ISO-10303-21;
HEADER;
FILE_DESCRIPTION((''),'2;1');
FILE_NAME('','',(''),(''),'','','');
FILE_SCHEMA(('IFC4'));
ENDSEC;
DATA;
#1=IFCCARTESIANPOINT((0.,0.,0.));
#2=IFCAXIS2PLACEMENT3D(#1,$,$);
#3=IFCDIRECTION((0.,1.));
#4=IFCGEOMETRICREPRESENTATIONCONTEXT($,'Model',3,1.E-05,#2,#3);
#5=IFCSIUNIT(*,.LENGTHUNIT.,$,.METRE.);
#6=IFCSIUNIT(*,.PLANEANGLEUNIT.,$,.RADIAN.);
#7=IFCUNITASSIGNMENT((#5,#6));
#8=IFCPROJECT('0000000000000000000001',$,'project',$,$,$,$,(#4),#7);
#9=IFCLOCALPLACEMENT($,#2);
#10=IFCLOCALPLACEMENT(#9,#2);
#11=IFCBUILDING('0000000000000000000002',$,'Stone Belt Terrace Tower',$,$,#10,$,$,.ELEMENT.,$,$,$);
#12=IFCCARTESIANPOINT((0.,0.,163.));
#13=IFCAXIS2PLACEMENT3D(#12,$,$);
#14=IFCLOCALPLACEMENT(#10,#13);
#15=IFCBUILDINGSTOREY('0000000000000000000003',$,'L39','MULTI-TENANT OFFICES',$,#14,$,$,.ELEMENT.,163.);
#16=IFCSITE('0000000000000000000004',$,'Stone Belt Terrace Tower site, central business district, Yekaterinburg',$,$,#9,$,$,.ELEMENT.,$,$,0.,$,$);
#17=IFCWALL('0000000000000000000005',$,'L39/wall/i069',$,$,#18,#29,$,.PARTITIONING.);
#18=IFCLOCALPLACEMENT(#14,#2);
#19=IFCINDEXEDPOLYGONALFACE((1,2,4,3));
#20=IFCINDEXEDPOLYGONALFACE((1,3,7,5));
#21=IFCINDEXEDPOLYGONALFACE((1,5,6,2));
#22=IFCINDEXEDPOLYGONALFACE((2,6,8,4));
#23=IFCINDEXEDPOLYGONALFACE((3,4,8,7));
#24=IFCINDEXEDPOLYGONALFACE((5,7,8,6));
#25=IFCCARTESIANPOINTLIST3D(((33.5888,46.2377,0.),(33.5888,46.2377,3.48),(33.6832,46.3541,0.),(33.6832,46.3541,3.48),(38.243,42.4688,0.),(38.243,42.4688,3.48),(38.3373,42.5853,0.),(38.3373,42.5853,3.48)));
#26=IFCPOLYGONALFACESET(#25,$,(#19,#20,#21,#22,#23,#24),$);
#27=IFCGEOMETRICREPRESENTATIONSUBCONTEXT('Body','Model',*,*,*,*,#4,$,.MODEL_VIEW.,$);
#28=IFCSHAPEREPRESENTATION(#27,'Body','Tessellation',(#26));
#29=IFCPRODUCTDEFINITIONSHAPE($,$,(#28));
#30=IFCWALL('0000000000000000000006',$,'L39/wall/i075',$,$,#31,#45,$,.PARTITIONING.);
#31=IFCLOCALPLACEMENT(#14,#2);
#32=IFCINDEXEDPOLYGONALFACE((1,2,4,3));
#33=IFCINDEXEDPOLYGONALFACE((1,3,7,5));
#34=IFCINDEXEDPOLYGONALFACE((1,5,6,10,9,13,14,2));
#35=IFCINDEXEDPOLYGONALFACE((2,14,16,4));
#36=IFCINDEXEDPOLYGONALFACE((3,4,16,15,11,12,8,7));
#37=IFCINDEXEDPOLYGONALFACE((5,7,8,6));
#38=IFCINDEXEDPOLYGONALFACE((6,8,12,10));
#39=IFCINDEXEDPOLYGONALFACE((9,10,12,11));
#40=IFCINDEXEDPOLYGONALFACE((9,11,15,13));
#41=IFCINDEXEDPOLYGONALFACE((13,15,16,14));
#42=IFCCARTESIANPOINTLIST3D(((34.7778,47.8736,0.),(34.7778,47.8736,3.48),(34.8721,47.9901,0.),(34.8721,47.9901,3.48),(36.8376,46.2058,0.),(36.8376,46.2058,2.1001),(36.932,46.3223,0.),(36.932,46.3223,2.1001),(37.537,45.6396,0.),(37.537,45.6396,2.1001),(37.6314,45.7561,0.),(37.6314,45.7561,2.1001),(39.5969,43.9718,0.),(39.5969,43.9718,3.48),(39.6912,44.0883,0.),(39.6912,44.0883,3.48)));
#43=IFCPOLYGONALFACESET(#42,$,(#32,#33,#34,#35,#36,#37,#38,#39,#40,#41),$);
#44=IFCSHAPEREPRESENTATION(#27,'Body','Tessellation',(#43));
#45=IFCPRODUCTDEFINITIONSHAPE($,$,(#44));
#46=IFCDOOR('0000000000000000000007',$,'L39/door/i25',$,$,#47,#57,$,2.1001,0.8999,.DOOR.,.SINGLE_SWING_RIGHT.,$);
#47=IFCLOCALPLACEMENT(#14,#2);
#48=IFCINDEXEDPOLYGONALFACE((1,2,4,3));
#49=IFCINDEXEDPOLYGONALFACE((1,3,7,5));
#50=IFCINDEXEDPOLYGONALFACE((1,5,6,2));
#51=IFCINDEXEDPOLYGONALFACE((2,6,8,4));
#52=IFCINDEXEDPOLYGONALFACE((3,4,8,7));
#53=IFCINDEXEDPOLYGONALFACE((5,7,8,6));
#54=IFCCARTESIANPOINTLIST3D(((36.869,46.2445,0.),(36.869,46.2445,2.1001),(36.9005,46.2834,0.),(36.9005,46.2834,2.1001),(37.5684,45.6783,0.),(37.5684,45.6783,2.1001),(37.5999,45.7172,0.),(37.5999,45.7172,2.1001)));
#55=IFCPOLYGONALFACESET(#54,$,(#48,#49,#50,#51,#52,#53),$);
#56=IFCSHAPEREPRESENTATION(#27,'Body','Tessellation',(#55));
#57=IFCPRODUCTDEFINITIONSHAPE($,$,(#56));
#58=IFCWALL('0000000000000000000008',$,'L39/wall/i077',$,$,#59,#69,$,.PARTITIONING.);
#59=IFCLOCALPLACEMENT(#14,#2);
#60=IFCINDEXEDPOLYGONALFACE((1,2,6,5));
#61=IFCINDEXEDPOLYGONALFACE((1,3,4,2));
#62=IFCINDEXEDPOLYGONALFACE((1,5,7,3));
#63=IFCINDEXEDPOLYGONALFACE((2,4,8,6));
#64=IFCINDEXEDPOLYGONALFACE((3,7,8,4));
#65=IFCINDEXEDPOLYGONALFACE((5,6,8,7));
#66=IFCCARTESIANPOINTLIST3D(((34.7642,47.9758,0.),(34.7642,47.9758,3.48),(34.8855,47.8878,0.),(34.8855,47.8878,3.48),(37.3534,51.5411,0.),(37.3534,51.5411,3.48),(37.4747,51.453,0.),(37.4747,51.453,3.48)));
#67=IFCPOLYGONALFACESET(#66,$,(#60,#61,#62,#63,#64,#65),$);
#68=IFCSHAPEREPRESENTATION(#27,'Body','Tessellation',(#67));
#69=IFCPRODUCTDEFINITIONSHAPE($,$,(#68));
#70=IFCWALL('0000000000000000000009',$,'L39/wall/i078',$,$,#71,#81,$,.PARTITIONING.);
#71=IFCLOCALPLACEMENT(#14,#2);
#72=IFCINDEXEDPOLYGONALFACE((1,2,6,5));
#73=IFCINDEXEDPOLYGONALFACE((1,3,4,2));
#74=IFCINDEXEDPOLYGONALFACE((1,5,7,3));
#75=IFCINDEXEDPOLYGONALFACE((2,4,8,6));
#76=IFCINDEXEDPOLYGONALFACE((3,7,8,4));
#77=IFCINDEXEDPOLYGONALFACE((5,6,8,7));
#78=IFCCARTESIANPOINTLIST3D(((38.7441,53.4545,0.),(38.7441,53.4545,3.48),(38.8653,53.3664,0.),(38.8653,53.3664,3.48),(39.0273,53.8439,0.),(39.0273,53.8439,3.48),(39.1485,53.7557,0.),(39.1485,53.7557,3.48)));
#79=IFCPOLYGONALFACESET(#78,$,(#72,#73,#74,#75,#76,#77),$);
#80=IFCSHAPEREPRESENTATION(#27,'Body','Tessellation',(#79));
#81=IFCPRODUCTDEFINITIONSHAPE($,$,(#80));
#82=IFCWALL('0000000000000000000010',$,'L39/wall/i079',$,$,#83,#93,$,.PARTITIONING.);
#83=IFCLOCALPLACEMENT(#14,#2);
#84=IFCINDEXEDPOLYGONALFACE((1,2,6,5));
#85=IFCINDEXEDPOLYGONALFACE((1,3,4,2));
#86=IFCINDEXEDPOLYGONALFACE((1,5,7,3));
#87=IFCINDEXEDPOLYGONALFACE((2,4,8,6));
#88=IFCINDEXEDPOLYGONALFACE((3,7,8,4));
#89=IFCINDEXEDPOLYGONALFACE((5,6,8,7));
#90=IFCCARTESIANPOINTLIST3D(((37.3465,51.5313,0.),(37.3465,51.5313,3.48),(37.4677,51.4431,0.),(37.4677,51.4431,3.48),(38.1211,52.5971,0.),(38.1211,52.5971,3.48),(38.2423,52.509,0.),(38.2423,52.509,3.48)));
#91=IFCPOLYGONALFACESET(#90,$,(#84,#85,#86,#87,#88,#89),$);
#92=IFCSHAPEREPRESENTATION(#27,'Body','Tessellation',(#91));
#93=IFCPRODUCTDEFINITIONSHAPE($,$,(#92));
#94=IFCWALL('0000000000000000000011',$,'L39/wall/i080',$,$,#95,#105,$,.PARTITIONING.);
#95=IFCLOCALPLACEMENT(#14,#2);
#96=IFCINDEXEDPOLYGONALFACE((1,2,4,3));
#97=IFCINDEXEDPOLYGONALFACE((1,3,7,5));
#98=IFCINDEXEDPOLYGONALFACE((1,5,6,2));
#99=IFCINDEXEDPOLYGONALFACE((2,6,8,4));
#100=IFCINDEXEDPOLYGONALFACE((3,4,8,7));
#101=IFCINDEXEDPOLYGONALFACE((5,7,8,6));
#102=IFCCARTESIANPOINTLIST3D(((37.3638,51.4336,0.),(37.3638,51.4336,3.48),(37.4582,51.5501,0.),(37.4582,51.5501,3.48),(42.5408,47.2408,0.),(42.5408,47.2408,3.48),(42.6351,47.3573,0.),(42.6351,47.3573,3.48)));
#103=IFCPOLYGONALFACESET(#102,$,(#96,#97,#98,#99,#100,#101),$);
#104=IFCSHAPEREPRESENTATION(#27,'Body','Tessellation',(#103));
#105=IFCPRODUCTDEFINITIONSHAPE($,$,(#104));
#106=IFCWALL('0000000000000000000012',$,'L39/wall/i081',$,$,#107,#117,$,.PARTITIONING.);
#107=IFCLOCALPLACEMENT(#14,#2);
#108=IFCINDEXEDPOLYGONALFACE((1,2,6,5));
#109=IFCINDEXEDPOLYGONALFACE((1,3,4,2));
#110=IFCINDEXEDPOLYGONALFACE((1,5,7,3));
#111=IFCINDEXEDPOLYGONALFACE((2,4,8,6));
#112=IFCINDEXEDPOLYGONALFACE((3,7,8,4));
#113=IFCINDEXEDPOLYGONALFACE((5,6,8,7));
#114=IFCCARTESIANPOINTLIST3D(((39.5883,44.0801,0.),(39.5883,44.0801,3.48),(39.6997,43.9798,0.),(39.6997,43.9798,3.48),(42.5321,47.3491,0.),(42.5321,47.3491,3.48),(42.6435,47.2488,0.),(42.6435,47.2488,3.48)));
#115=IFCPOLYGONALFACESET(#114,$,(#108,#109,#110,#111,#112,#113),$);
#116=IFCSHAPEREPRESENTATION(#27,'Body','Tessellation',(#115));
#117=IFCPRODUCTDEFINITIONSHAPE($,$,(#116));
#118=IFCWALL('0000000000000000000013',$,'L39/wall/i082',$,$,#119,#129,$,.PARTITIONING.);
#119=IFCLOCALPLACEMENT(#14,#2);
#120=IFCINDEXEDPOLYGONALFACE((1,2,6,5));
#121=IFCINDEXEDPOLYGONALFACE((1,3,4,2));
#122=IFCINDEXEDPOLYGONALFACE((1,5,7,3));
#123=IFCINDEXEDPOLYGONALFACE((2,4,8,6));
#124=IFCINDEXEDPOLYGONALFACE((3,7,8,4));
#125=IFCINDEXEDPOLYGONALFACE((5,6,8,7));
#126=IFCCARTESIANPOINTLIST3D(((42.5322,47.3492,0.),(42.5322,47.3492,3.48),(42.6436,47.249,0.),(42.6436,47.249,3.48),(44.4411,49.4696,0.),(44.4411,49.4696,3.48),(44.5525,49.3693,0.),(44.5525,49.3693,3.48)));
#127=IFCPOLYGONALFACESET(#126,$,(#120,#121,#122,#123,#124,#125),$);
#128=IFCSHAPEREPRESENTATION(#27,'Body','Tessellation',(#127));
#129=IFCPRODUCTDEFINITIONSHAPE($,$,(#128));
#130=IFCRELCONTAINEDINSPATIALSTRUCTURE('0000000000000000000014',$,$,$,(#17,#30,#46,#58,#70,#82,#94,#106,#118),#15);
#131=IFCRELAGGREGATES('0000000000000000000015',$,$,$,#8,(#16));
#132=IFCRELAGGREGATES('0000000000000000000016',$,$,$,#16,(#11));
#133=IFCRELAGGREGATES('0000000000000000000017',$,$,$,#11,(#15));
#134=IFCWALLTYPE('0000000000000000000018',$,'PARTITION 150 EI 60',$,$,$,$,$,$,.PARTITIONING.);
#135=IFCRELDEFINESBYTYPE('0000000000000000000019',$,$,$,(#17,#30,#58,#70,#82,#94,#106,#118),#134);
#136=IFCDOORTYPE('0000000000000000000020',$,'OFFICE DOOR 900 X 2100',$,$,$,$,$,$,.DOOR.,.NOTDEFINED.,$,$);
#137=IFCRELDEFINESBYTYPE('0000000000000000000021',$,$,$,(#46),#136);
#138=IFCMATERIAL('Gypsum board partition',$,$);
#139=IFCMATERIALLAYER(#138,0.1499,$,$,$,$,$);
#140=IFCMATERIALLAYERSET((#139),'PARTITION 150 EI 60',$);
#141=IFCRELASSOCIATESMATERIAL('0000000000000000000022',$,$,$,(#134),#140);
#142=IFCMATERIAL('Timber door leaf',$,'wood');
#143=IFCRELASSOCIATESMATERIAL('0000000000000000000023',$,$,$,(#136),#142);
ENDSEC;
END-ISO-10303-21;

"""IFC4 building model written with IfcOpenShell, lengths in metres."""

from ifc_helpers import new_model, si_unit, direction, frame, frame_2d, origin, place, context, subcontext, project, spatial, rectangle, extrude, material, layer, layer_set, type_object, element, fill, save


model = new_model("IFC4")

# Units and contexts
model_context = context("Model", 3, precision=1e-05, world=origin(), true_north=direction((0.0, 1.0)))
body_context = subcontext(model_context, "Body", "Model", "MODEL_VIEW")
ifc_project = project(units=[si_unit("LENGTHUNIT", "METRE"), si_unit("PLANEANGLEUNIT", "RADIAN")], contexts=[model_context])

# Site, building, storey
site_placement = place(None, origin())
site = spatial("IfcSite", under=ifc_project, at=site_placement, Name="Stone Belt Terrace Tower site, central business district, Yekaterinburg", CompositionType="ELEMENT", RefElevation=0.0)
building_placement = place(site_placement, origin())
building = spatial("IfcBuilding", under=site, at=building_placement, Name="Stone Belt Terrace Tower", CompositionType="ELEMENT")
storey_placement = place(building_placement, frame((0.0, 0.0, 163.0)))
storey = spatial("IfcBuildingStorey", under=building, at=storey_placement, Name="L39", Description="MULTI-TENANT OFFICES", CompositionType="ELEMENT", Elevation=163.0)

# Wall
ifc_material_1 = material(Name="Gypsum board partition")
ifc_layer_1 = layer(ifc_material_1, 0.1499)
ifc_layer_set_1 = layer_set([ifc_layer_1], Name="PARTITION 150 EI 60")
wall_type = type_object("IfcWallType", Name="PARTITION 150 EI 60", PredefinedType="PARTITIONING", material=ifc_layer_set_1)
wall_1_placement = place(storey_placement, frame((33.636, 46.2959, 0.0), z_axis=(0.0, 0.0, 1.0), x_axis=(0.777144, -0.629323, 0.0)))
element("IfcWall", 1, at=wall_1_placement, inside=storey, type_object=wall_type, Name="L39/wall/i069", PredefinedType="PARTITIONING", context=body_context, shape_type="SweptSolid", body=[
    extrude(rectangle(XDim=5.9888, YDim=0.1499, at=frame_2d((2.9944, 0.0))), origin(), (0.0, 0.0, 1.0), 3.48),
])

# Wall, opening, door
wall_2_placement = place(storey_placement, frame((34.825, 47.9319, 0.0), z_axis=(0.0, 0.0, 1.0), x_axis=(0.777191, -0.629265, 0.0)))
wall_2 = element("IfcWall", 2, at=wall_2_placement, inside=storey, type_object=wall_type, Name="L39/wall/i075", PredefinedType="PARTITIONING", context=body_context, shape_type="SweptSolid", body=[
    extrude(rectangle(XDim=6.2007, YDim=0.1499, at=frame_2d((3.1003, 0.0))), origin(), (0.0, 0.0, 1.0), 3.48),
])
opening_placement = place(wall_2_placement, frame((2.6504, 0.0, 0.0)))
opening = element("IfcOpeningElement", 3, at=opening_placement, cuts=wall_2, PredefinedType="OPENING", context=body_context, shape_type="SweptSolid", body=[
    extrude(rectangle(XDim=0.8999, YDim=2.1001, at=frame_2d((0.45, 1.05))), frame((0.0, 0.085, 0.0), z_axis=(0.0, -1.0, 0.0), x_axis=(1.0, 0.0, 0.0)), (0.0, 0.0, 1.0), 0.1699),
])
ifc_material_2 = material(Name="Timber door leaf", Category="wood")
door_type = type_object("IfcDoorType", Name="OFFICE DOOR 900 X 2100", OperationType="NOTDEFINED", PredefinedType="DOOR", material=ifc_material_2)
door_placement = place(opening_placement, origin())
door = element("IfcDoor", 4, at=door_placement, inside=storey, type_object=door_type, Name="L39/door/i25", OperationType="SINGLE_SWING_RIGHT", OverallHeight=2.1001, OverallWidth=0.8999, PredefinedType="DOOR", context=body_context, shape_type="SweptSolid", body=[
    extrude(rectangle(XDim=0.8999, YDim=2.1001, at=frame_2d((0.45, 1.05))), frame((0.0, 0.0249, 0.0), z_axis=(0.0, -1.0, 0.0), x_axis=(1.0, 0.0, 0.0)), (0.0, 0.0, 1.0), 0.05),
])
fill(opening, door)

# Walls
wall_3_placement = place(storey_placement, frame((37.4141, 51.4971, 0.0), z_axis=(0.0, 0.0, 1.0), x_axis=(-0.587615, -0.809141, 0.0)))
element("IfcWall", 5, at=wall_3_placement, inside=storey, type_object=wall_type, Name="L39/wall/i077", PredefinedType="PARTITIONING", context=body_context, shape_type="SweptSolid", body=[
    extrude(rectangle(XDim=4.4062, YDim=0.1499, at=frame_2d((2.2031, 0.0))), origin(), (0.0, 0.0, 1.0), 3.48),
])
wall_4_placement = place(storey_placement, frame((39.0879, 53.7998, 0.0), z_axis=(0.0, 0.0, 1.0), x_axis=(-0.588172, -0.808736, 0.0)))
element("IfcWall", 6, at=wall_4_placement, inside=storey, type_object=wall_type, Name="L39/wall/i078", PredefinedType="PARTITIONING", context=body_context, shape_type="SweptSolid", body=[
    extrude(rectangle(XDim=0.4814, YDim=0.1499, at=frame_2d((0.2407, 0.0))), origin(), (0.0, 0.0, 1.0), 3.48),
])
wall_5_placement = place(storey_placement, frame((38.1816, 52.553, 0.0), z_axis=(0.0, 0.0, 1.0), x_axis=(-0.587896, -0.808936, 0.0)))
element("IfcWall", 7, at=wall_5_placement, inside=storey, type_object=wall_type, Name="L39/wall/i079", PredefinedType="PARTITIONING", context=body_context, shape_type="SweptSolid", body=[
    extrude(rectangle(XDim=1.3176, YDim=0.1499, at=frame_2d((0.6587, 0.0))), origin(), (0.0, 0.0, 1.0), 3.48),
])
wall_6_placement = place(storey_placement, frame((37.4109, 51.4919, 0.0), z_axis=(0.0, 0.0, 1.0), x_axis=(0.777101, -0.629376, 0.0)))
element("IfcWall", 8, at=wall_6_placement, inside=storey, type_object=wall_type, Name="L39/wall/i080", PredefinedType="PARTITIONING", context=body_context, shape_type="SweptSolid", body=[
    extrude(rectangle(XDim=6.6619, YDim=0.1499, at=frame_2d((3.3311, 0.0))), origin(), (0.0, 0.0, 1.0), 3.48),
])
wall_7_placement = place(storey_placement, frame((42.5879, 47.2991, 0.0), z_axis=(0.0, 0.0, 1.0), x_axis=(-0.669179, -0.743101, 0.0)))
element("IfcWall", 9, at=wall_7_placement, inside=storey, type_object=wall_type, Name="L39/wall/i081", PredefinedType="PARTITIONING", context=body_context, shape_type="SweptSolid", body=[
    extrude(rectangle(XDim=4.3992, YDim=0.1499, at=frame_2d((2.1997, 0.0))), origin(), (0.0, 0.0, 1.0), 3.48),
])
wall_8_placement = place(storey_placement, frame((44.4968, 49.4194, 0.0), z_axis=(0.0, 0.0, 1.0), x_axis=(-0.669083, -0.743188, 0.0)))
element("IfcWall", 10, at=wall_8_placement, inside=storey, type_object=wall_type, Name="L39/wall/i082", PredefinedType="PARTITIONING", context=body_context, shape_type="SweptSolid", body=[
    extrude(rectangle(XDim=2.853, YDim=0.1499, at=frame_2d((1.4265, 0.0))), origin(), (0.0, 0.0, 1.0), 3.48),
])

save(model, "model.ifc")
